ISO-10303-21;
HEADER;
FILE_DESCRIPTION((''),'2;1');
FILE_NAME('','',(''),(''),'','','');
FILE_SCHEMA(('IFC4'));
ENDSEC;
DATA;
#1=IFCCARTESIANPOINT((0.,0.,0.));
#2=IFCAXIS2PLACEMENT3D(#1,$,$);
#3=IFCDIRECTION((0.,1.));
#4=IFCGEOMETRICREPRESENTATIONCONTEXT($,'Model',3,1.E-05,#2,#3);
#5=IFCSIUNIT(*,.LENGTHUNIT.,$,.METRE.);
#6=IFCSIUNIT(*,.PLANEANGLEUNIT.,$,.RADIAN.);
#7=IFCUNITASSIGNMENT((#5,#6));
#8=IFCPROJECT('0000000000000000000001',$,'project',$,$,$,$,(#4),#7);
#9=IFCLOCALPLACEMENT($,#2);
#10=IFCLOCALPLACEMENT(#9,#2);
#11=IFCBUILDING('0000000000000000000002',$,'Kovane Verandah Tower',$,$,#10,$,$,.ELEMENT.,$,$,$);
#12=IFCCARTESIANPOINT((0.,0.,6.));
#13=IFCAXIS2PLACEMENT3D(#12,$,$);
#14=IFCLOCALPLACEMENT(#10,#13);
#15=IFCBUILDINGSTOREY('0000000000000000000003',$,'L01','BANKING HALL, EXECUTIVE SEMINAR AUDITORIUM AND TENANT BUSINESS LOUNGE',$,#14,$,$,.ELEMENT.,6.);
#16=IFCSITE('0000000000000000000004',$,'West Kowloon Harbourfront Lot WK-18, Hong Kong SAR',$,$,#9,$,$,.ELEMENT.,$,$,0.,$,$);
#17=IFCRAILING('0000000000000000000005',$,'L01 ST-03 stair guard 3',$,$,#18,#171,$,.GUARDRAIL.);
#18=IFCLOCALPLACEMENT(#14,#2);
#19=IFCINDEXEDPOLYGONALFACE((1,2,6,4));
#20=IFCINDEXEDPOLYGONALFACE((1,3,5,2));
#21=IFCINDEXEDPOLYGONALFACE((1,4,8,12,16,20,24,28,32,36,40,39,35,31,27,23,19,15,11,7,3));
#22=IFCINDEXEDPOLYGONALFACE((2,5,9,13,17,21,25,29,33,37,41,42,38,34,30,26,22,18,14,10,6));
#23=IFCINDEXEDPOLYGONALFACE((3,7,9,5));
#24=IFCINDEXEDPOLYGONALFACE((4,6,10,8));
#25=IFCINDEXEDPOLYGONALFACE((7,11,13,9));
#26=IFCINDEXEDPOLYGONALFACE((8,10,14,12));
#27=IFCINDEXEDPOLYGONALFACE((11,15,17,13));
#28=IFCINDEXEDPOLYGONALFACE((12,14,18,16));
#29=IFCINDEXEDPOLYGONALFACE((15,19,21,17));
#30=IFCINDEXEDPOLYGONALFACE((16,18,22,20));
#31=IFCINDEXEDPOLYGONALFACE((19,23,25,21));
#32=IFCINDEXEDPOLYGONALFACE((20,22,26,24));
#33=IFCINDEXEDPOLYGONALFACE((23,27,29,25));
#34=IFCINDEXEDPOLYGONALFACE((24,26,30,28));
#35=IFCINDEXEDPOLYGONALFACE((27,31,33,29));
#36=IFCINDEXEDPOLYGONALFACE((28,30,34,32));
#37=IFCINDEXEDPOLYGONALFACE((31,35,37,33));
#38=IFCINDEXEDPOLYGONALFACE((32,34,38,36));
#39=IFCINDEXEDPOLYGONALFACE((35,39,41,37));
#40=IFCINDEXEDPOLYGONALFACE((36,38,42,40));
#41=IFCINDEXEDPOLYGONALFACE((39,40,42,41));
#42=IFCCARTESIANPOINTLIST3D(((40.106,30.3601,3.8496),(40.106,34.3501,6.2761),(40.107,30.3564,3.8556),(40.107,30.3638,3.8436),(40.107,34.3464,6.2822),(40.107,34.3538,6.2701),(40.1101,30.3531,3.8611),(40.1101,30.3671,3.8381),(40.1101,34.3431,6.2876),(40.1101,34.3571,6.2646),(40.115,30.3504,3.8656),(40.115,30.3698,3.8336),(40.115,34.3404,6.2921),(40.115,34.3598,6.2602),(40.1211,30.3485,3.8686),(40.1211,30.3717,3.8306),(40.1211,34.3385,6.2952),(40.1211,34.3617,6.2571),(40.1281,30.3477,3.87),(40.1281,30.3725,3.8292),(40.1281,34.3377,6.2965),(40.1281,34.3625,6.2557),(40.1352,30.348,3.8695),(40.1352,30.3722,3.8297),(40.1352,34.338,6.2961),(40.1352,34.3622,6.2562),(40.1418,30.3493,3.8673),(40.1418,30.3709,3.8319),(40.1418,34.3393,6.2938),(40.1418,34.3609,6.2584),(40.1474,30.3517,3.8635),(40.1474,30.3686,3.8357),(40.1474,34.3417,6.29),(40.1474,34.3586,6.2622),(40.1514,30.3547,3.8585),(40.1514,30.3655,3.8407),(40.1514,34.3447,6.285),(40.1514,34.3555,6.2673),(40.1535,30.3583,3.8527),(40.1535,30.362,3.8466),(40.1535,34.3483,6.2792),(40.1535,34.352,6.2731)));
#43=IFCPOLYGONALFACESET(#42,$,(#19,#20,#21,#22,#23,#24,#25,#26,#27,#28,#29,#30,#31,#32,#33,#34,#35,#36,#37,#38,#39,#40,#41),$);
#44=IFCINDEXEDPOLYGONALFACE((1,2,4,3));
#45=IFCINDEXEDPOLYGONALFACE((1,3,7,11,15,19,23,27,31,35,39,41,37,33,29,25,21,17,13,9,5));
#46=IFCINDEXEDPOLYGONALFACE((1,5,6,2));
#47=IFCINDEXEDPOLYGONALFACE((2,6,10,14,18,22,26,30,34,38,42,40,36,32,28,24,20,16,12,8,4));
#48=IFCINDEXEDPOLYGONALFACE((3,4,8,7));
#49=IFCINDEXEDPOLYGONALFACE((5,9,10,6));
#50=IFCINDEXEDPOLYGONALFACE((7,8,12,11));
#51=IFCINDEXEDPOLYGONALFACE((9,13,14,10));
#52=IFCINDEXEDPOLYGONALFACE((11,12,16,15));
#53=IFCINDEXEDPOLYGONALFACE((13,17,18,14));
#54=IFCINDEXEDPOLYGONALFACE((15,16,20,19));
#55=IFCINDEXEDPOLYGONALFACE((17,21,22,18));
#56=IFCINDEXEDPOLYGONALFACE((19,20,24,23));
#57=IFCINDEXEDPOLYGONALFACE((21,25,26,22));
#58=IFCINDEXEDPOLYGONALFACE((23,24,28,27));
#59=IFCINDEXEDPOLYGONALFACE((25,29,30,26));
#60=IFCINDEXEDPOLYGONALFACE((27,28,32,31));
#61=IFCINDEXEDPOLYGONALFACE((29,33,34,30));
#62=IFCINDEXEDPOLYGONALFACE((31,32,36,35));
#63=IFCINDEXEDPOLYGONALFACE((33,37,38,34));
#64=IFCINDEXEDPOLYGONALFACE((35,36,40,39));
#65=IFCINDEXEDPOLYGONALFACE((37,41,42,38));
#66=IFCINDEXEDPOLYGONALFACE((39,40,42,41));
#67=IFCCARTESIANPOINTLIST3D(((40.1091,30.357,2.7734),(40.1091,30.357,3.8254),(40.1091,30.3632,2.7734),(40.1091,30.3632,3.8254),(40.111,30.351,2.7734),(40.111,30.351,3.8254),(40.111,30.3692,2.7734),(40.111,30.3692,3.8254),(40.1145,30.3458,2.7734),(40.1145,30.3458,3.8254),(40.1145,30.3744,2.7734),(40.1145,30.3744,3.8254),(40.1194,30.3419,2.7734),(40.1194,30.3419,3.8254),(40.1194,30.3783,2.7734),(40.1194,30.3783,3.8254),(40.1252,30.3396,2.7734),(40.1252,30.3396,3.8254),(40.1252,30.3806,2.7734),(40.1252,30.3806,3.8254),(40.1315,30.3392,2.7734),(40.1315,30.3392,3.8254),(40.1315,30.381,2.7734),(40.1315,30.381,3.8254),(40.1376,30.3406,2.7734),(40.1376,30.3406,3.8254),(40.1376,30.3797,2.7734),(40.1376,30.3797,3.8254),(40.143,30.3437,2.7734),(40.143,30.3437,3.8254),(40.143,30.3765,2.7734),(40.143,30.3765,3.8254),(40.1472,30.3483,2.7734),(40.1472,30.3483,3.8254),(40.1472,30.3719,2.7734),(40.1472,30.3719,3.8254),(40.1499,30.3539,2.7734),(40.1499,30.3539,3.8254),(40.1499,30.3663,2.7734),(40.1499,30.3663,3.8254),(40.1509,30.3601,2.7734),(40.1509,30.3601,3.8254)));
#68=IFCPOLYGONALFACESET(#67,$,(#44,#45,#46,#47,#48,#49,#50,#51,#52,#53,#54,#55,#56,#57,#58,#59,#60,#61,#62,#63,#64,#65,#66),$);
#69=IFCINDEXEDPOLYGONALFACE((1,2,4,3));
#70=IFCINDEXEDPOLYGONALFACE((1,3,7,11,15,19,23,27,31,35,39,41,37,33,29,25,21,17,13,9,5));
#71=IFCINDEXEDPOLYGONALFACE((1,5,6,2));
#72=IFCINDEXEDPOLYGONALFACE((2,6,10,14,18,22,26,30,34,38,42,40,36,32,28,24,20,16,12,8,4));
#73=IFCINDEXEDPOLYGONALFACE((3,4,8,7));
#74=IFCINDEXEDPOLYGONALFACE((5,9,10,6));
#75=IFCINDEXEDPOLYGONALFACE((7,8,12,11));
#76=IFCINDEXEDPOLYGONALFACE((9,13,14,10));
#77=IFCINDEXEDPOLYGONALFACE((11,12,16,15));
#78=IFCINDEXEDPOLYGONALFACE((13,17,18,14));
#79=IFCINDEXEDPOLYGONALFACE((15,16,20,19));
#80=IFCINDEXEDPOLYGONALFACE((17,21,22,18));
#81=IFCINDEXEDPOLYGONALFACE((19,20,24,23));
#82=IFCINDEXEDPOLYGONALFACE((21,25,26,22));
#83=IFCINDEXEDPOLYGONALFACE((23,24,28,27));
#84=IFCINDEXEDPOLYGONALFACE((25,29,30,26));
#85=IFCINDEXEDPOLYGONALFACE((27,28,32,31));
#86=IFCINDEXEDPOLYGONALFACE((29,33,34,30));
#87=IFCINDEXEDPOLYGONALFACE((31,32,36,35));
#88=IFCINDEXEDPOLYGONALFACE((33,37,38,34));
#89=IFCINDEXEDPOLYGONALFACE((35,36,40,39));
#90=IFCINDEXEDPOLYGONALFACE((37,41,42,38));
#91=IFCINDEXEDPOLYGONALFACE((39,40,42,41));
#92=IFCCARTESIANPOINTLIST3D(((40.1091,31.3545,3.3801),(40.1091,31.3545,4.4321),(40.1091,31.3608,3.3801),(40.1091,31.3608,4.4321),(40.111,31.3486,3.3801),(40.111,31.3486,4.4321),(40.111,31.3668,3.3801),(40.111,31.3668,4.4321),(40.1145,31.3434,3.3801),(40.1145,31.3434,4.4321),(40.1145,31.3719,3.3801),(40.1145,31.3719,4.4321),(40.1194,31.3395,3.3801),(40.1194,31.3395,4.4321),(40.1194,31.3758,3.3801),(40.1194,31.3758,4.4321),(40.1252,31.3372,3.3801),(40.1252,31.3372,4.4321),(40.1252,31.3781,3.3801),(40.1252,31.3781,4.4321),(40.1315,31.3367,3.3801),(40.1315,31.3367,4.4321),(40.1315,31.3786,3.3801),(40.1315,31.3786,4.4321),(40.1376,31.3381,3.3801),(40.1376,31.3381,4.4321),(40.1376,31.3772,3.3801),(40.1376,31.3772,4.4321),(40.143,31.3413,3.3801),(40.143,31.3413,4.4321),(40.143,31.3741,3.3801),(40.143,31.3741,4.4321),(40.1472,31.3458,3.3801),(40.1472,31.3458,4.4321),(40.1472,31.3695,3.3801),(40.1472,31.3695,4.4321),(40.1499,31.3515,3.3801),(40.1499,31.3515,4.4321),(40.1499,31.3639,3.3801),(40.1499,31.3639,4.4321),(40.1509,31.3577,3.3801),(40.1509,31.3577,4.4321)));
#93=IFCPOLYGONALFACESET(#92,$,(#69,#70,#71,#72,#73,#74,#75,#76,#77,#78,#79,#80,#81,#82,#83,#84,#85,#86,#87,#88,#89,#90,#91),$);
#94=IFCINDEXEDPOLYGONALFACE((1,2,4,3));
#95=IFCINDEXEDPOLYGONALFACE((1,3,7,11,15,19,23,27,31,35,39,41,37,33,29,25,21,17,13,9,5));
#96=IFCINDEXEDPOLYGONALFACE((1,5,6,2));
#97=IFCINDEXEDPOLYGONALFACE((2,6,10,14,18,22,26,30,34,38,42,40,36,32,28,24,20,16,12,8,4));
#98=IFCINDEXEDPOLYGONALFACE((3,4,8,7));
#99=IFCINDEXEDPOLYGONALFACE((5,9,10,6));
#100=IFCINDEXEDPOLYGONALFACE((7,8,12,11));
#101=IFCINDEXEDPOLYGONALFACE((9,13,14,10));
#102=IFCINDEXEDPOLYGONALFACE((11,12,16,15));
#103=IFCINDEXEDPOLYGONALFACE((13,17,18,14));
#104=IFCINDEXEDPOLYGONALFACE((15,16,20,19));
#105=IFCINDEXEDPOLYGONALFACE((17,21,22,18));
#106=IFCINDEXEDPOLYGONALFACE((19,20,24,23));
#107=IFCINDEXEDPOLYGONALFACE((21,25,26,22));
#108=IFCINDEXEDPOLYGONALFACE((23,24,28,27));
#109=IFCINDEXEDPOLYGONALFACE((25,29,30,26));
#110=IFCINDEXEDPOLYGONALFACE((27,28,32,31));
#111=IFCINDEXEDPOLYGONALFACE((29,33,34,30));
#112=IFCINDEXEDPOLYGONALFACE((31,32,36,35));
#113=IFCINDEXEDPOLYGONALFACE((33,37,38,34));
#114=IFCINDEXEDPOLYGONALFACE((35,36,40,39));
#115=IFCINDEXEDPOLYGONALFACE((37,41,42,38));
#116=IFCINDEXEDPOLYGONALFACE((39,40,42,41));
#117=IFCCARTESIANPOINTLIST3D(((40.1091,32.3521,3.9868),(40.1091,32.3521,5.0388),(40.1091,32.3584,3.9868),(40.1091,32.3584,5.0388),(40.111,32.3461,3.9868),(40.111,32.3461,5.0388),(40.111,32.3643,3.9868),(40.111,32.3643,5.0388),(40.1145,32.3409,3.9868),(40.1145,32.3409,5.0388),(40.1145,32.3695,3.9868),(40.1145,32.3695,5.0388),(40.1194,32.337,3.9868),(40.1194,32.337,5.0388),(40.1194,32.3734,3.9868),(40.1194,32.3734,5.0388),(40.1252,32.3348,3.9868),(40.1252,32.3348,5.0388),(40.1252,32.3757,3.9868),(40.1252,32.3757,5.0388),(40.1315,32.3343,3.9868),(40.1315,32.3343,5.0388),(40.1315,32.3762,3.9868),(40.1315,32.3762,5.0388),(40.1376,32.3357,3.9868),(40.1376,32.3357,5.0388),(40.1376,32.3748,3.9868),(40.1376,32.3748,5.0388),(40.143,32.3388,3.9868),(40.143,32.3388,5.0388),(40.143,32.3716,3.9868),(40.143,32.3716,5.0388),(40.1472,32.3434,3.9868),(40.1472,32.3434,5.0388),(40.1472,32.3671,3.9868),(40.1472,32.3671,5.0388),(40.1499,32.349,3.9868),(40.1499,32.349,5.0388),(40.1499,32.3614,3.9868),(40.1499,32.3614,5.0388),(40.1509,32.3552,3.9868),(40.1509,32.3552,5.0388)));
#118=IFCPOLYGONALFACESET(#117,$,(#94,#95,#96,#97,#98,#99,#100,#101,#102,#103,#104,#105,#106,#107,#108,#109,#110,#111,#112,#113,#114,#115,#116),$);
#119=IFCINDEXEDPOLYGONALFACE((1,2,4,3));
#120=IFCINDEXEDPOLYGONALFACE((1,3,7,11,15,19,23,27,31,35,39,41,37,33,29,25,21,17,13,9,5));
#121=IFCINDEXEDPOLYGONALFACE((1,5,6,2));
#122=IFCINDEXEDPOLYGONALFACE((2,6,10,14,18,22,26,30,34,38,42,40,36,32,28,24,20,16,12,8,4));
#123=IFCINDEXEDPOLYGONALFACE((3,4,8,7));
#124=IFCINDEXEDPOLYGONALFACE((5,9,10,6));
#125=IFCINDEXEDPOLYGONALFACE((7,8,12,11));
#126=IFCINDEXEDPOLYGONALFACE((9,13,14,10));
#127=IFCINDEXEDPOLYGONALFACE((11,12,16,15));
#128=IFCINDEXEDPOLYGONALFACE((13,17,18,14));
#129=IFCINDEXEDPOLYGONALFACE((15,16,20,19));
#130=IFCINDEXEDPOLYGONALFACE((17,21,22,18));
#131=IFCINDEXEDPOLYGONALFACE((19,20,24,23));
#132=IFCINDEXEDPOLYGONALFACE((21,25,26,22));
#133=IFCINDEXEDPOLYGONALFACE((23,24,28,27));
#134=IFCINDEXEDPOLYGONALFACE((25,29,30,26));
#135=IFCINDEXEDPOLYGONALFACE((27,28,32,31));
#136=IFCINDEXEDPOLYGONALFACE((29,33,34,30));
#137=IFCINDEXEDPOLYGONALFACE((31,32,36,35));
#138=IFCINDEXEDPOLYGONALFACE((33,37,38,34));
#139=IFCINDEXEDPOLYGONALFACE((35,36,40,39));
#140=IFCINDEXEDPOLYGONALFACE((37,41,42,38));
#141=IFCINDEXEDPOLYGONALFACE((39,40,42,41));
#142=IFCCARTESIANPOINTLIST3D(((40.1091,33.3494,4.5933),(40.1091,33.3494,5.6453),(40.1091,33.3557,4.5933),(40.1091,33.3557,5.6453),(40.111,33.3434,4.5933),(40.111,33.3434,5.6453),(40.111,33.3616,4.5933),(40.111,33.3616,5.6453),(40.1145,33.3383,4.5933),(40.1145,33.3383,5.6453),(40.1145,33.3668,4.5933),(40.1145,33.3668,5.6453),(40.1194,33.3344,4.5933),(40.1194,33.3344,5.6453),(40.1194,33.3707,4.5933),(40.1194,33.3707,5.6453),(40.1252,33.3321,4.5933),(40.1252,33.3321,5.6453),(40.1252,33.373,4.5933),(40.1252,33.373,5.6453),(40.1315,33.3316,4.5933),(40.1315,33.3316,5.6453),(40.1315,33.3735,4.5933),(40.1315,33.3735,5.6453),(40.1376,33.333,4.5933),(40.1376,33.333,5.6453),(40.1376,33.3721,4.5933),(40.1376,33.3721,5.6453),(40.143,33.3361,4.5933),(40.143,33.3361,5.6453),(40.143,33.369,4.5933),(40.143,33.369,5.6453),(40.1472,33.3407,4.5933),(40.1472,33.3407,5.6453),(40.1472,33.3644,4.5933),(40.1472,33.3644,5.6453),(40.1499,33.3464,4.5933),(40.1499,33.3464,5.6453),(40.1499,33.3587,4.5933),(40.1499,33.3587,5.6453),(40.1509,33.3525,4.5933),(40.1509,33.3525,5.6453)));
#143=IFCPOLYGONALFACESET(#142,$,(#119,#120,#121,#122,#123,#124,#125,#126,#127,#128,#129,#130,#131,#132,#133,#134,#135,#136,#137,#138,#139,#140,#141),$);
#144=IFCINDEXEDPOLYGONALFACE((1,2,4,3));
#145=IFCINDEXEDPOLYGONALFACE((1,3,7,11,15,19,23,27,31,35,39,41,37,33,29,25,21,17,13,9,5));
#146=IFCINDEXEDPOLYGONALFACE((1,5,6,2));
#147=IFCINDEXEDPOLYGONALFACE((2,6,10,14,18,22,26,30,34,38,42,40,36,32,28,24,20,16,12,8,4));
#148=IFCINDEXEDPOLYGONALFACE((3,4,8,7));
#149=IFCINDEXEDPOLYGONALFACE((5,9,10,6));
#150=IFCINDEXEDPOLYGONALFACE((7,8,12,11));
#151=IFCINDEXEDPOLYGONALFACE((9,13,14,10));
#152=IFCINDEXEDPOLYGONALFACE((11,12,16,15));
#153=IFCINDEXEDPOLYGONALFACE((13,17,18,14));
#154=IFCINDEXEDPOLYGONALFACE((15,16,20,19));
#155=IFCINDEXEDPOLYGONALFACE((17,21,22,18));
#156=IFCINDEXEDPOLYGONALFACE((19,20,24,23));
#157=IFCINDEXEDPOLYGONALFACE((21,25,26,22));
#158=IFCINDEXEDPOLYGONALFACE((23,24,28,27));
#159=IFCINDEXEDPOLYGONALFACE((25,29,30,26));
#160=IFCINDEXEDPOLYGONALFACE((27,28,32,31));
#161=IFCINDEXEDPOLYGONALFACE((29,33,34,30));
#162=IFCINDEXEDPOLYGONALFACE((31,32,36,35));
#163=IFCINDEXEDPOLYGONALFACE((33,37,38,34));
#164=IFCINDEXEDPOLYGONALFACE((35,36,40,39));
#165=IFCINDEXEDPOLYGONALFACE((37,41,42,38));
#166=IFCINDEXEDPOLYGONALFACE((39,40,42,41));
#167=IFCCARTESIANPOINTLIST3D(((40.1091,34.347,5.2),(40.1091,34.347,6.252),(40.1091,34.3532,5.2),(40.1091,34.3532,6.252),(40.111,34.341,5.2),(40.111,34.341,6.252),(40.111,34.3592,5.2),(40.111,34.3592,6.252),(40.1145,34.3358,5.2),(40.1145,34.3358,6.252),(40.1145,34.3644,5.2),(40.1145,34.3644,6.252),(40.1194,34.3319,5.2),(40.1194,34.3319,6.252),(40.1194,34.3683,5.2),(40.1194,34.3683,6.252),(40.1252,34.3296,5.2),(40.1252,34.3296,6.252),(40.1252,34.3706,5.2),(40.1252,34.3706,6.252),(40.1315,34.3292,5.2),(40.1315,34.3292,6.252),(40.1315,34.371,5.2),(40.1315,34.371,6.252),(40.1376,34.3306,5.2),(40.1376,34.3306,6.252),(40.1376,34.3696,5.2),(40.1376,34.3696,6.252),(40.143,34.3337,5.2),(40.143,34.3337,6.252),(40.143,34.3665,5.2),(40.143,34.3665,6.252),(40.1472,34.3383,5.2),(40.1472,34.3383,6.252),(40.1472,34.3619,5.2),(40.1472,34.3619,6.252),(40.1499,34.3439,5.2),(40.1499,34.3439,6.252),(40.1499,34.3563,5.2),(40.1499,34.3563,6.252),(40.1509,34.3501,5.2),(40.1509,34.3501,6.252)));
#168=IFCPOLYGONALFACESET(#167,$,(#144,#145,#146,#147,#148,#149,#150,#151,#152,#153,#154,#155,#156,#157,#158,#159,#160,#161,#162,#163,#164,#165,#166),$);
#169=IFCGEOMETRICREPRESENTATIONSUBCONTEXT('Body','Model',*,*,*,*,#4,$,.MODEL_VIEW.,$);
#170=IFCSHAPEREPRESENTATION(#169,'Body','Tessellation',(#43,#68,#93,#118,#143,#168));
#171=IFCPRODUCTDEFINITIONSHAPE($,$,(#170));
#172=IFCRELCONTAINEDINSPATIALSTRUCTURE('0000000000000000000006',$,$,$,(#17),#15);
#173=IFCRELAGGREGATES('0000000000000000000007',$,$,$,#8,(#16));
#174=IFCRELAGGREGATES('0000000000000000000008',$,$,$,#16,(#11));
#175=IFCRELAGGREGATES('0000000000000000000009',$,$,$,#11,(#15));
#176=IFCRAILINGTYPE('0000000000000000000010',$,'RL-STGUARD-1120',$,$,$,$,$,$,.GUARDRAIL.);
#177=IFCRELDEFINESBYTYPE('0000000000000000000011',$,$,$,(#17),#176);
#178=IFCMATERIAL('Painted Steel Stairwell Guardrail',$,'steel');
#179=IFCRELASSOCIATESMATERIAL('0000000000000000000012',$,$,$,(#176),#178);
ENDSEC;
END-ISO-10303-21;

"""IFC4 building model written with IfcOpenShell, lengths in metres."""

from ifc_helpers import new_model, si_unit, direction, frame, origin, origin_2d, place, context, subcontext, project, spatial, circle, extrude, material, type_object, element, save


model = new_model("IFC4")

# Units and contexts
model_context = context("Model", 3, precision=1e-05, world=origin(), true_north=direction((0.0, 1.0)))
body_context = subcontext(model_context, "Body", "Model", "MODEL_VIEW")
ifc_project = project(units=[si_unit("LENGTHUNIT", "METRE"), si_unit("PLANEANGLEUNIT", "RADIAN")], contexts=[model_context])

# Site, building, storey
site_placement = place(None, origin())
site = spatial("IfcSite", under=ifc_project, at=site_placement, Name="West Kowloon Harbourfront Lot WK-18, Hong Kong SAR", CompositionType="ELEMENT", RefElevation=0.0)
building_placement = place(site_placement, origin())
building = spatial("IfcBuilding", under=site, at=building_placement, Name="Kovane Verandah Tower", CompositionType="ELEMENT")
storey_placement = place(building_placement, frame((0.0, 0.0, 6.0)))
storey = spatial("IfcBuildingStorey", under=building, at=storey_placement, Name="L01", Description="BANKING HALL, EXECUTIVE SEMINAR AUDITORIUM AND TENANT BUSINESS LOUNGE", CompositionType="ELEMENT", Elevation=6.0)

# Railing
ifc_material_1 = material(Name="Painted Steel Stairwell Guardrail", Category="steel")
railing_type_1 = type_object("IfcRailingType", Name="RL-STGUARD-1120", PredefinedType="GUARDRAIL", material=ifc_material_1)
railing_1_placement = place(storey_placement, frame((40.1299, 30.3601, 2.7734)))
element("IfcRailing", 1, at=railing_1_placement, inside=storey, type_object=railing_type_1, Name="L01 ST-03 stair guard 3", PredefinedType="GUARDRAIL", context=body_context, shape_type="SweptSolid", body=[
    extrude(circle(Radius=0.0239, at=origin_2d()), frame((0.0, 0.0, 1.0762), z_axis=(0.0, 0.854405, 0.519607), x_axis=(-1.0, 0.0, 0.0)), (0.0, 0.0, 1.0), 4.6699),
    extrude(circle(Radius=0.021, at=origin_2d()), origin(), (0.0, 0.0, 1.0), 1.052),
    extrude(circle(Radius=0.021, at=origin_2d()), frame((0.0, 0.9976, 0.6067)), (0.0, 0.0, 1.0), 1.052),
    extrude(circle(Radius=0.021, at=origin_2d()), frame((0.0, 1.9951, 1.2134)), (0.0, 0.0, 1.0), 1.052),
    extrude(circle(Radius=0.021, at=origin_2d()), frame((0.0, 2.9924, 1.8198)), (0.0, 0.0, 1.0), 1.052),
    extrude(circle(Radius=0.021, at=origin_2d()), frame((0.0, 3.99, 2.4265)), (0.0, 0.0, 1.0), 1.052),
])

save(model, "model.ifc")
